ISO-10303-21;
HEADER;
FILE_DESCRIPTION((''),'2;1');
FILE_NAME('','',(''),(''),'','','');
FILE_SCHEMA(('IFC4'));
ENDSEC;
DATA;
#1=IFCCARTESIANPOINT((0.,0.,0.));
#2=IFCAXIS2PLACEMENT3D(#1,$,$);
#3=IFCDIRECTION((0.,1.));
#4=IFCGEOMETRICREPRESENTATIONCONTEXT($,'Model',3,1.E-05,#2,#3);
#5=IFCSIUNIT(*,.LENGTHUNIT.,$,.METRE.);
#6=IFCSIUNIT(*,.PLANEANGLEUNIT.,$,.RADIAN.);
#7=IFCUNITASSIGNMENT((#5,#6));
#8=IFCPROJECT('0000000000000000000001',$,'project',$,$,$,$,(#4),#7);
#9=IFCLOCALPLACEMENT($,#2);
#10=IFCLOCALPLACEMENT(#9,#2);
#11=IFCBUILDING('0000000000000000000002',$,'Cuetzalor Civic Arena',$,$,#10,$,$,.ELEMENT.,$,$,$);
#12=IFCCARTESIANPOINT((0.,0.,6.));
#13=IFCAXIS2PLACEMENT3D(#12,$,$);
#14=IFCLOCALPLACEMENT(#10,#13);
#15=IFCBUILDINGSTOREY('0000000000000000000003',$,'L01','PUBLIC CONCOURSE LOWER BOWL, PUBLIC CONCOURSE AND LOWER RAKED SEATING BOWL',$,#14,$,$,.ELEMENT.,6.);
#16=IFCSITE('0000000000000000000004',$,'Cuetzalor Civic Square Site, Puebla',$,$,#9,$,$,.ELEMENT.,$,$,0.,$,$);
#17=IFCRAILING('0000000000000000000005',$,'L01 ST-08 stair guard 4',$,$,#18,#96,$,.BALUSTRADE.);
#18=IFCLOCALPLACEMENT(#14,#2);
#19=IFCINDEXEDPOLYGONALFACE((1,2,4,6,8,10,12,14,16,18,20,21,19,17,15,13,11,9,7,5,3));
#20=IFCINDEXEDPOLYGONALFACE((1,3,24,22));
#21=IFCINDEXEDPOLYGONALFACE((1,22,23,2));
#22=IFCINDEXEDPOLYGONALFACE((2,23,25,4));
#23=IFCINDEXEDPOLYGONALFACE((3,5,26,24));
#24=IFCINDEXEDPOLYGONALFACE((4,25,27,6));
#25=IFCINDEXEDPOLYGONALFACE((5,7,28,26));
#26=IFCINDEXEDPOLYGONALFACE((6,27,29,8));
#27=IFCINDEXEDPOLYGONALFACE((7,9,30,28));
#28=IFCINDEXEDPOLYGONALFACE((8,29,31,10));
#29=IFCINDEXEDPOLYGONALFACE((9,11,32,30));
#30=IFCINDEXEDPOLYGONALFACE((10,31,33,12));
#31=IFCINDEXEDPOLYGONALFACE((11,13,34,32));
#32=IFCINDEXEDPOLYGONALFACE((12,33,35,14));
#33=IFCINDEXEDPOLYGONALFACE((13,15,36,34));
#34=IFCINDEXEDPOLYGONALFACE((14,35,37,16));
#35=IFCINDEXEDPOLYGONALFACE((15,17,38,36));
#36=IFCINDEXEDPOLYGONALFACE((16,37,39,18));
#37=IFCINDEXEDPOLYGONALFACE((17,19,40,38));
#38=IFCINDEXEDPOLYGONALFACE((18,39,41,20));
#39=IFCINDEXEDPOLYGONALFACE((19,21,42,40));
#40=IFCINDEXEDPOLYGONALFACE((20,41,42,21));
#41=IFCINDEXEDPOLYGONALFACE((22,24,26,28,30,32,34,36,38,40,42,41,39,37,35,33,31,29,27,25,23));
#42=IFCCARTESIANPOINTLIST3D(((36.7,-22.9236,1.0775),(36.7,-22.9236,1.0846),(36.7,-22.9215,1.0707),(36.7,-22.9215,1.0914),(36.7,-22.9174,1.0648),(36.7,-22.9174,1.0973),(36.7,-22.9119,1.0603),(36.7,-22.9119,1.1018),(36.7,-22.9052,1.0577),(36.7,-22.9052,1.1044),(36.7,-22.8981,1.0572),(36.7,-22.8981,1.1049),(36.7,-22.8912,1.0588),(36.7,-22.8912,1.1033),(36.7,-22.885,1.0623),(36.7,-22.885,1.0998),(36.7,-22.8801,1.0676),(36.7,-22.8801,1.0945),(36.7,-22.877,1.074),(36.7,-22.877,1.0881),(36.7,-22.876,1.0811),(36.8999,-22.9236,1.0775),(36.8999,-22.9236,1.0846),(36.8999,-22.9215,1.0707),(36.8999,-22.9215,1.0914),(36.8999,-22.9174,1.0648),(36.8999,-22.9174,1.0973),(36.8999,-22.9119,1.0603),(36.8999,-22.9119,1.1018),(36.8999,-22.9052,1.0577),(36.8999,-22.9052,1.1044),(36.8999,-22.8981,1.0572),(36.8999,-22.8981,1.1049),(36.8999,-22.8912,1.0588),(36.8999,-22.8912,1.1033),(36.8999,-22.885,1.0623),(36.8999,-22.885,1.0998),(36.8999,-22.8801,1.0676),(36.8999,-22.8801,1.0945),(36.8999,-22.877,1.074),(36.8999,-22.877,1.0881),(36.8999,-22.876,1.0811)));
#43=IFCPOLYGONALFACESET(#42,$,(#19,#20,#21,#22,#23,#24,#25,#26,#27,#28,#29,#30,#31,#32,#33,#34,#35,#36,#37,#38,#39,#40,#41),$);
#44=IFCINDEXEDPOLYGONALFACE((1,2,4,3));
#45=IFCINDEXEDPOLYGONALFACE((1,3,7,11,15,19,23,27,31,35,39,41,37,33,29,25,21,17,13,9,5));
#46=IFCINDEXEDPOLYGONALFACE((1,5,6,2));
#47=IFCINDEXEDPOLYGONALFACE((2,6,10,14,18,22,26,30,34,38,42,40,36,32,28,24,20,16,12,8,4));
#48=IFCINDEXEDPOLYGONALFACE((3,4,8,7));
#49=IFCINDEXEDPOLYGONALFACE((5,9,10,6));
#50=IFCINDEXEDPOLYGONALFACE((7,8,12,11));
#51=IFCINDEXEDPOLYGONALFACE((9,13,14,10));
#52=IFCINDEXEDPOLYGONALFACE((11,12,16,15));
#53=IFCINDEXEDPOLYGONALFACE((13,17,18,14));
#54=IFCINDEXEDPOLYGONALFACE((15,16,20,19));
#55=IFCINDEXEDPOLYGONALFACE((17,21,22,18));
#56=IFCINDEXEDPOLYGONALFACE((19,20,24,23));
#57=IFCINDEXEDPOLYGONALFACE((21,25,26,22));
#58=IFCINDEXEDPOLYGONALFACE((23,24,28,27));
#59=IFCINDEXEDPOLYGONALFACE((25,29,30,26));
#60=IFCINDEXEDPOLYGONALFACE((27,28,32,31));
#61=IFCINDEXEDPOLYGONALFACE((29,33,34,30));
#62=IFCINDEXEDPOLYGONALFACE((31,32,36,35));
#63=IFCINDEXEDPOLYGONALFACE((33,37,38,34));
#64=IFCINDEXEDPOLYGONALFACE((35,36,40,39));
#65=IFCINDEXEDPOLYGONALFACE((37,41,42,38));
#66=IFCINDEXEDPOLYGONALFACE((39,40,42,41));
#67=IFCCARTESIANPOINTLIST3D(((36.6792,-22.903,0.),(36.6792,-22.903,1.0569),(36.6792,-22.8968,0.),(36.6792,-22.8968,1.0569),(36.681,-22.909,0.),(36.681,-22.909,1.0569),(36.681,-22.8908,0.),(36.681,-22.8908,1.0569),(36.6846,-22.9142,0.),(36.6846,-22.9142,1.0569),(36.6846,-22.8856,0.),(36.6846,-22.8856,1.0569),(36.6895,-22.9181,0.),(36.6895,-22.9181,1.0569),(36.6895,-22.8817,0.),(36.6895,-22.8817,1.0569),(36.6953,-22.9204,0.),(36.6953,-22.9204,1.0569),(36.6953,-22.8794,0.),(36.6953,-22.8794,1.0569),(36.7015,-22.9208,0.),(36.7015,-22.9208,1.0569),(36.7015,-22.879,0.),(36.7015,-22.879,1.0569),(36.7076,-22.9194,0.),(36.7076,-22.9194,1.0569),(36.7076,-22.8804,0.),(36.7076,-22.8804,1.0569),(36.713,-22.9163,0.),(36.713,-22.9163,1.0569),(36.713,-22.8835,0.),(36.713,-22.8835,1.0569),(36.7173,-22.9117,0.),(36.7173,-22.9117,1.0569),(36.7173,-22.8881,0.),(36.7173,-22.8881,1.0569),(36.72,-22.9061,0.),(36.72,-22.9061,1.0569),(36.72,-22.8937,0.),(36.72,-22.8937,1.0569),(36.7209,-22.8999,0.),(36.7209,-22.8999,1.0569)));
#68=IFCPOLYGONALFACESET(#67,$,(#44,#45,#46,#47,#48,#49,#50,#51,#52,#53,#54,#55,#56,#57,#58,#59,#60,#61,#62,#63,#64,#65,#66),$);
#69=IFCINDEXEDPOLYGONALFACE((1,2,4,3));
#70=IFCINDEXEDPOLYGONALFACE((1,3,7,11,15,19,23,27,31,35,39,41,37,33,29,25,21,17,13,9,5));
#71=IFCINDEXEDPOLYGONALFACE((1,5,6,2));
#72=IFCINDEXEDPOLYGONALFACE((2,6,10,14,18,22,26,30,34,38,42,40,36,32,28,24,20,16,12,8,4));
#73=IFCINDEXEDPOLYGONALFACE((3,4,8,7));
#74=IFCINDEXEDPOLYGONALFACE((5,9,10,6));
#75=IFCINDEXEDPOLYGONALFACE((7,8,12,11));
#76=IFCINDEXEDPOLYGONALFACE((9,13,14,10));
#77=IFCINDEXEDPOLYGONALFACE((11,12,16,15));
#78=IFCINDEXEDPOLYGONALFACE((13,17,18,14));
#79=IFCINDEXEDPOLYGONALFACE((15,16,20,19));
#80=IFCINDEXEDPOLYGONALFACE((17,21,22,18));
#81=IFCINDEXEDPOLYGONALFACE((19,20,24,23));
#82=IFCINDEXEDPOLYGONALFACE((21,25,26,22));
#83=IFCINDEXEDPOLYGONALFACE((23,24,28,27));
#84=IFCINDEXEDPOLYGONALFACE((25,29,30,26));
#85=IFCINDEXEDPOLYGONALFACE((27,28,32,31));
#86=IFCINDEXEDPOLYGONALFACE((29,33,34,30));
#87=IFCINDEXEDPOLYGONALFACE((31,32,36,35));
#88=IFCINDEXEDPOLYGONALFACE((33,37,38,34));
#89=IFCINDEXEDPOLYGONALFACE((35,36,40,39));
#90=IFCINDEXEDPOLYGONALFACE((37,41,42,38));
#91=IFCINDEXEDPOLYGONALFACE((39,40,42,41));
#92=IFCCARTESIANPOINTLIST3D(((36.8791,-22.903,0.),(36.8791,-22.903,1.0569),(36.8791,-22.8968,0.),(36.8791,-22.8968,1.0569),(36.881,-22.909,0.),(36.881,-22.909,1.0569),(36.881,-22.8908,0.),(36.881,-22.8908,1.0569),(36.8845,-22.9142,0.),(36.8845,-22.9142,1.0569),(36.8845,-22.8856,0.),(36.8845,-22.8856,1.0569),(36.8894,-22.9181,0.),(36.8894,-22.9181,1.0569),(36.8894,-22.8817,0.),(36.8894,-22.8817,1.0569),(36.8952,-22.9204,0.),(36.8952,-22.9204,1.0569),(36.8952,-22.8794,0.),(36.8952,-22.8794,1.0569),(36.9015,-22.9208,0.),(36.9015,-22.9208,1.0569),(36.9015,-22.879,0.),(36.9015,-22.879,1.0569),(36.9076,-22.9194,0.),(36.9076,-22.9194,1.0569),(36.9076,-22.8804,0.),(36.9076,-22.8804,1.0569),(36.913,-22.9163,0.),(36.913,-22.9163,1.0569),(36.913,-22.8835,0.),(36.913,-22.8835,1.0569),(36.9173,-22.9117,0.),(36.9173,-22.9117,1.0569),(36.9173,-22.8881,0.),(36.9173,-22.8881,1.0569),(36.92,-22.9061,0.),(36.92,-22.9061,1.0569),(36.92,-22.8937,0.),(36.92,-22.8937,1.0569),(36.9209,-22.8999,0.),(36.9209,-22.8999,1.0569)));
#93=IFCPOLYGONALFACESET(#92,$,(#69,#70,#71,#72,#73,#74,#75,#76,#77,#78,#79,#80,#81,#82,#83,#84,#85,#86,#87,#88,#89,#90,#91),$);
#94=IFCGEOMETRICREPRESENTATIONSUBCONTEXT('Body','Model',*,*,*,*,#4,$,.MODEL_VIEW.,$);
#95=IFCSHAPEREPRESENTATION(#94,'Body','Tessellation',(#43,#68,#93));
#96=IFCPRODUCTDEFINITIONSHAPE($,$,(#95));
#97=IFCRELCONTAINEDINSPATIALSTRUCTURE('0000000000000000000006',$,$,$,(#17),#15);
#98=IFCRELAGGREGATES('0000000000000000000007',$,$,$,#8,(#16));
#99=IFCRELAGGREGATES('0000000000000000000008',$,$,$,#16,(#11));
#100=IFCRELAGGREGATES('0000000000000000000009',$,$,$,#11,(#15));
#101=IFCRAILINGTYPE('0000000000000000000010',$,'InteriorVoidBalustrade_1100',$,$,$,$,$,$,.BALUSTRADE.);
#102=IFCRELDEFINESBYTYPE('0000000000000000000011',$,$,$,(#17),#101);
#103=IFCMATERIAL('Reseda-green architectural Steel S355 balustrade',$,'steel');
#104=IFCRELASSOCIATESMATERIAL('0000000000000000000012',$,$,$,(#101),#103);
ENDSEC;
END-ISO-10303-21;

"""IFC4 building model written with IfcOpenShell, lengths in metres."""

from ifc_helpers import new_model, si_unit, direction, frame, origin, origin_2d, place, context, subcontext, project, spatial, circle, extrude, material, type_object, element, save


model = new_model("IFC4")

# Units and contexts
model_context = context("Model", 3, precision=1e-05, world=origin(), true_north=direction((0.0, 1.0)))
body_context = subcontext(model_context, "Body", "Model", "MODEL_VIEW")
ifc_project = project(units=[si_unit("LENGTHUNIT", "METRE"), si_unit("PLANEANGLEUNIT", "RADIAN")], contexts=[model_context])

# Site, building, storey
site_placement = place(None, origin())
site = spatial("IfcSite", under=ifc_project, at=site_placement, Name="Cuetzalor Civic Square Site, Puebla", CompositionType="ELEMENT", RefElevation=0.0)
building_placement = place(site_placement, origin())
building = spatial("IfcBuilding", under=site, at=building_placement, Name="Cuetzalor Civic Arena", CompositionType="ELEMENT")
storey_placement = place(building_placement, frame((0.0, 0.0, 6.0)))
storey = spatial("IfcBuildingStorey", under=building, at=storey_placement, Name="L01", Description="PUBLIC CONCOURSE LOWER BOWL, PUBLIC CONCOURSE AND LOWER RAKED SEATING BOWL", CompositionType="ELEMENT", Elevation=6.0)

# Railing
ifc_material_1 = material(Name="Reseda-green architectural Steel S355 balustrade", Category="steel")
railing_type_1 = type_object("IfcRailingType", Name="InteriorVoidBalustrade_1100", PredefinedType="BALUSTRADE", material=ifc_material_1)
railing_1_placement = place(storey_placement, frame((36.7, -22.8999, 0.0)))
element("IfcRailing", 1, at=railing_1_placement, inside=storey, type_object=railing_type_1, Name="L01 ST-08 stair guard 4", PredefinedType="BALUSTRADE", context=body_context, shape_type="SweptSolid", body=[
    extrude(circle(Radius=0.0239, at=origin_2d()), frame((0.0, 0.0, 1.0811), z_axis=(1.0, 0.0, 0.0), x_axis=(0.0, 1.0, 0.0)), (0.0, 0.0, 1.0), 0.2),
    extrude(circle(Radius=0.021, at=origin_2d()), origin(), (0.0, 0.0, 1.0), 1.0569),
    extrude(circle(Radius=0.021, at=origin_2d()), frame((0.2, 0.0, 0.0)), (0.0, 0.0, 1.0), 1.0569),
])

save(model, "model.ifc")
